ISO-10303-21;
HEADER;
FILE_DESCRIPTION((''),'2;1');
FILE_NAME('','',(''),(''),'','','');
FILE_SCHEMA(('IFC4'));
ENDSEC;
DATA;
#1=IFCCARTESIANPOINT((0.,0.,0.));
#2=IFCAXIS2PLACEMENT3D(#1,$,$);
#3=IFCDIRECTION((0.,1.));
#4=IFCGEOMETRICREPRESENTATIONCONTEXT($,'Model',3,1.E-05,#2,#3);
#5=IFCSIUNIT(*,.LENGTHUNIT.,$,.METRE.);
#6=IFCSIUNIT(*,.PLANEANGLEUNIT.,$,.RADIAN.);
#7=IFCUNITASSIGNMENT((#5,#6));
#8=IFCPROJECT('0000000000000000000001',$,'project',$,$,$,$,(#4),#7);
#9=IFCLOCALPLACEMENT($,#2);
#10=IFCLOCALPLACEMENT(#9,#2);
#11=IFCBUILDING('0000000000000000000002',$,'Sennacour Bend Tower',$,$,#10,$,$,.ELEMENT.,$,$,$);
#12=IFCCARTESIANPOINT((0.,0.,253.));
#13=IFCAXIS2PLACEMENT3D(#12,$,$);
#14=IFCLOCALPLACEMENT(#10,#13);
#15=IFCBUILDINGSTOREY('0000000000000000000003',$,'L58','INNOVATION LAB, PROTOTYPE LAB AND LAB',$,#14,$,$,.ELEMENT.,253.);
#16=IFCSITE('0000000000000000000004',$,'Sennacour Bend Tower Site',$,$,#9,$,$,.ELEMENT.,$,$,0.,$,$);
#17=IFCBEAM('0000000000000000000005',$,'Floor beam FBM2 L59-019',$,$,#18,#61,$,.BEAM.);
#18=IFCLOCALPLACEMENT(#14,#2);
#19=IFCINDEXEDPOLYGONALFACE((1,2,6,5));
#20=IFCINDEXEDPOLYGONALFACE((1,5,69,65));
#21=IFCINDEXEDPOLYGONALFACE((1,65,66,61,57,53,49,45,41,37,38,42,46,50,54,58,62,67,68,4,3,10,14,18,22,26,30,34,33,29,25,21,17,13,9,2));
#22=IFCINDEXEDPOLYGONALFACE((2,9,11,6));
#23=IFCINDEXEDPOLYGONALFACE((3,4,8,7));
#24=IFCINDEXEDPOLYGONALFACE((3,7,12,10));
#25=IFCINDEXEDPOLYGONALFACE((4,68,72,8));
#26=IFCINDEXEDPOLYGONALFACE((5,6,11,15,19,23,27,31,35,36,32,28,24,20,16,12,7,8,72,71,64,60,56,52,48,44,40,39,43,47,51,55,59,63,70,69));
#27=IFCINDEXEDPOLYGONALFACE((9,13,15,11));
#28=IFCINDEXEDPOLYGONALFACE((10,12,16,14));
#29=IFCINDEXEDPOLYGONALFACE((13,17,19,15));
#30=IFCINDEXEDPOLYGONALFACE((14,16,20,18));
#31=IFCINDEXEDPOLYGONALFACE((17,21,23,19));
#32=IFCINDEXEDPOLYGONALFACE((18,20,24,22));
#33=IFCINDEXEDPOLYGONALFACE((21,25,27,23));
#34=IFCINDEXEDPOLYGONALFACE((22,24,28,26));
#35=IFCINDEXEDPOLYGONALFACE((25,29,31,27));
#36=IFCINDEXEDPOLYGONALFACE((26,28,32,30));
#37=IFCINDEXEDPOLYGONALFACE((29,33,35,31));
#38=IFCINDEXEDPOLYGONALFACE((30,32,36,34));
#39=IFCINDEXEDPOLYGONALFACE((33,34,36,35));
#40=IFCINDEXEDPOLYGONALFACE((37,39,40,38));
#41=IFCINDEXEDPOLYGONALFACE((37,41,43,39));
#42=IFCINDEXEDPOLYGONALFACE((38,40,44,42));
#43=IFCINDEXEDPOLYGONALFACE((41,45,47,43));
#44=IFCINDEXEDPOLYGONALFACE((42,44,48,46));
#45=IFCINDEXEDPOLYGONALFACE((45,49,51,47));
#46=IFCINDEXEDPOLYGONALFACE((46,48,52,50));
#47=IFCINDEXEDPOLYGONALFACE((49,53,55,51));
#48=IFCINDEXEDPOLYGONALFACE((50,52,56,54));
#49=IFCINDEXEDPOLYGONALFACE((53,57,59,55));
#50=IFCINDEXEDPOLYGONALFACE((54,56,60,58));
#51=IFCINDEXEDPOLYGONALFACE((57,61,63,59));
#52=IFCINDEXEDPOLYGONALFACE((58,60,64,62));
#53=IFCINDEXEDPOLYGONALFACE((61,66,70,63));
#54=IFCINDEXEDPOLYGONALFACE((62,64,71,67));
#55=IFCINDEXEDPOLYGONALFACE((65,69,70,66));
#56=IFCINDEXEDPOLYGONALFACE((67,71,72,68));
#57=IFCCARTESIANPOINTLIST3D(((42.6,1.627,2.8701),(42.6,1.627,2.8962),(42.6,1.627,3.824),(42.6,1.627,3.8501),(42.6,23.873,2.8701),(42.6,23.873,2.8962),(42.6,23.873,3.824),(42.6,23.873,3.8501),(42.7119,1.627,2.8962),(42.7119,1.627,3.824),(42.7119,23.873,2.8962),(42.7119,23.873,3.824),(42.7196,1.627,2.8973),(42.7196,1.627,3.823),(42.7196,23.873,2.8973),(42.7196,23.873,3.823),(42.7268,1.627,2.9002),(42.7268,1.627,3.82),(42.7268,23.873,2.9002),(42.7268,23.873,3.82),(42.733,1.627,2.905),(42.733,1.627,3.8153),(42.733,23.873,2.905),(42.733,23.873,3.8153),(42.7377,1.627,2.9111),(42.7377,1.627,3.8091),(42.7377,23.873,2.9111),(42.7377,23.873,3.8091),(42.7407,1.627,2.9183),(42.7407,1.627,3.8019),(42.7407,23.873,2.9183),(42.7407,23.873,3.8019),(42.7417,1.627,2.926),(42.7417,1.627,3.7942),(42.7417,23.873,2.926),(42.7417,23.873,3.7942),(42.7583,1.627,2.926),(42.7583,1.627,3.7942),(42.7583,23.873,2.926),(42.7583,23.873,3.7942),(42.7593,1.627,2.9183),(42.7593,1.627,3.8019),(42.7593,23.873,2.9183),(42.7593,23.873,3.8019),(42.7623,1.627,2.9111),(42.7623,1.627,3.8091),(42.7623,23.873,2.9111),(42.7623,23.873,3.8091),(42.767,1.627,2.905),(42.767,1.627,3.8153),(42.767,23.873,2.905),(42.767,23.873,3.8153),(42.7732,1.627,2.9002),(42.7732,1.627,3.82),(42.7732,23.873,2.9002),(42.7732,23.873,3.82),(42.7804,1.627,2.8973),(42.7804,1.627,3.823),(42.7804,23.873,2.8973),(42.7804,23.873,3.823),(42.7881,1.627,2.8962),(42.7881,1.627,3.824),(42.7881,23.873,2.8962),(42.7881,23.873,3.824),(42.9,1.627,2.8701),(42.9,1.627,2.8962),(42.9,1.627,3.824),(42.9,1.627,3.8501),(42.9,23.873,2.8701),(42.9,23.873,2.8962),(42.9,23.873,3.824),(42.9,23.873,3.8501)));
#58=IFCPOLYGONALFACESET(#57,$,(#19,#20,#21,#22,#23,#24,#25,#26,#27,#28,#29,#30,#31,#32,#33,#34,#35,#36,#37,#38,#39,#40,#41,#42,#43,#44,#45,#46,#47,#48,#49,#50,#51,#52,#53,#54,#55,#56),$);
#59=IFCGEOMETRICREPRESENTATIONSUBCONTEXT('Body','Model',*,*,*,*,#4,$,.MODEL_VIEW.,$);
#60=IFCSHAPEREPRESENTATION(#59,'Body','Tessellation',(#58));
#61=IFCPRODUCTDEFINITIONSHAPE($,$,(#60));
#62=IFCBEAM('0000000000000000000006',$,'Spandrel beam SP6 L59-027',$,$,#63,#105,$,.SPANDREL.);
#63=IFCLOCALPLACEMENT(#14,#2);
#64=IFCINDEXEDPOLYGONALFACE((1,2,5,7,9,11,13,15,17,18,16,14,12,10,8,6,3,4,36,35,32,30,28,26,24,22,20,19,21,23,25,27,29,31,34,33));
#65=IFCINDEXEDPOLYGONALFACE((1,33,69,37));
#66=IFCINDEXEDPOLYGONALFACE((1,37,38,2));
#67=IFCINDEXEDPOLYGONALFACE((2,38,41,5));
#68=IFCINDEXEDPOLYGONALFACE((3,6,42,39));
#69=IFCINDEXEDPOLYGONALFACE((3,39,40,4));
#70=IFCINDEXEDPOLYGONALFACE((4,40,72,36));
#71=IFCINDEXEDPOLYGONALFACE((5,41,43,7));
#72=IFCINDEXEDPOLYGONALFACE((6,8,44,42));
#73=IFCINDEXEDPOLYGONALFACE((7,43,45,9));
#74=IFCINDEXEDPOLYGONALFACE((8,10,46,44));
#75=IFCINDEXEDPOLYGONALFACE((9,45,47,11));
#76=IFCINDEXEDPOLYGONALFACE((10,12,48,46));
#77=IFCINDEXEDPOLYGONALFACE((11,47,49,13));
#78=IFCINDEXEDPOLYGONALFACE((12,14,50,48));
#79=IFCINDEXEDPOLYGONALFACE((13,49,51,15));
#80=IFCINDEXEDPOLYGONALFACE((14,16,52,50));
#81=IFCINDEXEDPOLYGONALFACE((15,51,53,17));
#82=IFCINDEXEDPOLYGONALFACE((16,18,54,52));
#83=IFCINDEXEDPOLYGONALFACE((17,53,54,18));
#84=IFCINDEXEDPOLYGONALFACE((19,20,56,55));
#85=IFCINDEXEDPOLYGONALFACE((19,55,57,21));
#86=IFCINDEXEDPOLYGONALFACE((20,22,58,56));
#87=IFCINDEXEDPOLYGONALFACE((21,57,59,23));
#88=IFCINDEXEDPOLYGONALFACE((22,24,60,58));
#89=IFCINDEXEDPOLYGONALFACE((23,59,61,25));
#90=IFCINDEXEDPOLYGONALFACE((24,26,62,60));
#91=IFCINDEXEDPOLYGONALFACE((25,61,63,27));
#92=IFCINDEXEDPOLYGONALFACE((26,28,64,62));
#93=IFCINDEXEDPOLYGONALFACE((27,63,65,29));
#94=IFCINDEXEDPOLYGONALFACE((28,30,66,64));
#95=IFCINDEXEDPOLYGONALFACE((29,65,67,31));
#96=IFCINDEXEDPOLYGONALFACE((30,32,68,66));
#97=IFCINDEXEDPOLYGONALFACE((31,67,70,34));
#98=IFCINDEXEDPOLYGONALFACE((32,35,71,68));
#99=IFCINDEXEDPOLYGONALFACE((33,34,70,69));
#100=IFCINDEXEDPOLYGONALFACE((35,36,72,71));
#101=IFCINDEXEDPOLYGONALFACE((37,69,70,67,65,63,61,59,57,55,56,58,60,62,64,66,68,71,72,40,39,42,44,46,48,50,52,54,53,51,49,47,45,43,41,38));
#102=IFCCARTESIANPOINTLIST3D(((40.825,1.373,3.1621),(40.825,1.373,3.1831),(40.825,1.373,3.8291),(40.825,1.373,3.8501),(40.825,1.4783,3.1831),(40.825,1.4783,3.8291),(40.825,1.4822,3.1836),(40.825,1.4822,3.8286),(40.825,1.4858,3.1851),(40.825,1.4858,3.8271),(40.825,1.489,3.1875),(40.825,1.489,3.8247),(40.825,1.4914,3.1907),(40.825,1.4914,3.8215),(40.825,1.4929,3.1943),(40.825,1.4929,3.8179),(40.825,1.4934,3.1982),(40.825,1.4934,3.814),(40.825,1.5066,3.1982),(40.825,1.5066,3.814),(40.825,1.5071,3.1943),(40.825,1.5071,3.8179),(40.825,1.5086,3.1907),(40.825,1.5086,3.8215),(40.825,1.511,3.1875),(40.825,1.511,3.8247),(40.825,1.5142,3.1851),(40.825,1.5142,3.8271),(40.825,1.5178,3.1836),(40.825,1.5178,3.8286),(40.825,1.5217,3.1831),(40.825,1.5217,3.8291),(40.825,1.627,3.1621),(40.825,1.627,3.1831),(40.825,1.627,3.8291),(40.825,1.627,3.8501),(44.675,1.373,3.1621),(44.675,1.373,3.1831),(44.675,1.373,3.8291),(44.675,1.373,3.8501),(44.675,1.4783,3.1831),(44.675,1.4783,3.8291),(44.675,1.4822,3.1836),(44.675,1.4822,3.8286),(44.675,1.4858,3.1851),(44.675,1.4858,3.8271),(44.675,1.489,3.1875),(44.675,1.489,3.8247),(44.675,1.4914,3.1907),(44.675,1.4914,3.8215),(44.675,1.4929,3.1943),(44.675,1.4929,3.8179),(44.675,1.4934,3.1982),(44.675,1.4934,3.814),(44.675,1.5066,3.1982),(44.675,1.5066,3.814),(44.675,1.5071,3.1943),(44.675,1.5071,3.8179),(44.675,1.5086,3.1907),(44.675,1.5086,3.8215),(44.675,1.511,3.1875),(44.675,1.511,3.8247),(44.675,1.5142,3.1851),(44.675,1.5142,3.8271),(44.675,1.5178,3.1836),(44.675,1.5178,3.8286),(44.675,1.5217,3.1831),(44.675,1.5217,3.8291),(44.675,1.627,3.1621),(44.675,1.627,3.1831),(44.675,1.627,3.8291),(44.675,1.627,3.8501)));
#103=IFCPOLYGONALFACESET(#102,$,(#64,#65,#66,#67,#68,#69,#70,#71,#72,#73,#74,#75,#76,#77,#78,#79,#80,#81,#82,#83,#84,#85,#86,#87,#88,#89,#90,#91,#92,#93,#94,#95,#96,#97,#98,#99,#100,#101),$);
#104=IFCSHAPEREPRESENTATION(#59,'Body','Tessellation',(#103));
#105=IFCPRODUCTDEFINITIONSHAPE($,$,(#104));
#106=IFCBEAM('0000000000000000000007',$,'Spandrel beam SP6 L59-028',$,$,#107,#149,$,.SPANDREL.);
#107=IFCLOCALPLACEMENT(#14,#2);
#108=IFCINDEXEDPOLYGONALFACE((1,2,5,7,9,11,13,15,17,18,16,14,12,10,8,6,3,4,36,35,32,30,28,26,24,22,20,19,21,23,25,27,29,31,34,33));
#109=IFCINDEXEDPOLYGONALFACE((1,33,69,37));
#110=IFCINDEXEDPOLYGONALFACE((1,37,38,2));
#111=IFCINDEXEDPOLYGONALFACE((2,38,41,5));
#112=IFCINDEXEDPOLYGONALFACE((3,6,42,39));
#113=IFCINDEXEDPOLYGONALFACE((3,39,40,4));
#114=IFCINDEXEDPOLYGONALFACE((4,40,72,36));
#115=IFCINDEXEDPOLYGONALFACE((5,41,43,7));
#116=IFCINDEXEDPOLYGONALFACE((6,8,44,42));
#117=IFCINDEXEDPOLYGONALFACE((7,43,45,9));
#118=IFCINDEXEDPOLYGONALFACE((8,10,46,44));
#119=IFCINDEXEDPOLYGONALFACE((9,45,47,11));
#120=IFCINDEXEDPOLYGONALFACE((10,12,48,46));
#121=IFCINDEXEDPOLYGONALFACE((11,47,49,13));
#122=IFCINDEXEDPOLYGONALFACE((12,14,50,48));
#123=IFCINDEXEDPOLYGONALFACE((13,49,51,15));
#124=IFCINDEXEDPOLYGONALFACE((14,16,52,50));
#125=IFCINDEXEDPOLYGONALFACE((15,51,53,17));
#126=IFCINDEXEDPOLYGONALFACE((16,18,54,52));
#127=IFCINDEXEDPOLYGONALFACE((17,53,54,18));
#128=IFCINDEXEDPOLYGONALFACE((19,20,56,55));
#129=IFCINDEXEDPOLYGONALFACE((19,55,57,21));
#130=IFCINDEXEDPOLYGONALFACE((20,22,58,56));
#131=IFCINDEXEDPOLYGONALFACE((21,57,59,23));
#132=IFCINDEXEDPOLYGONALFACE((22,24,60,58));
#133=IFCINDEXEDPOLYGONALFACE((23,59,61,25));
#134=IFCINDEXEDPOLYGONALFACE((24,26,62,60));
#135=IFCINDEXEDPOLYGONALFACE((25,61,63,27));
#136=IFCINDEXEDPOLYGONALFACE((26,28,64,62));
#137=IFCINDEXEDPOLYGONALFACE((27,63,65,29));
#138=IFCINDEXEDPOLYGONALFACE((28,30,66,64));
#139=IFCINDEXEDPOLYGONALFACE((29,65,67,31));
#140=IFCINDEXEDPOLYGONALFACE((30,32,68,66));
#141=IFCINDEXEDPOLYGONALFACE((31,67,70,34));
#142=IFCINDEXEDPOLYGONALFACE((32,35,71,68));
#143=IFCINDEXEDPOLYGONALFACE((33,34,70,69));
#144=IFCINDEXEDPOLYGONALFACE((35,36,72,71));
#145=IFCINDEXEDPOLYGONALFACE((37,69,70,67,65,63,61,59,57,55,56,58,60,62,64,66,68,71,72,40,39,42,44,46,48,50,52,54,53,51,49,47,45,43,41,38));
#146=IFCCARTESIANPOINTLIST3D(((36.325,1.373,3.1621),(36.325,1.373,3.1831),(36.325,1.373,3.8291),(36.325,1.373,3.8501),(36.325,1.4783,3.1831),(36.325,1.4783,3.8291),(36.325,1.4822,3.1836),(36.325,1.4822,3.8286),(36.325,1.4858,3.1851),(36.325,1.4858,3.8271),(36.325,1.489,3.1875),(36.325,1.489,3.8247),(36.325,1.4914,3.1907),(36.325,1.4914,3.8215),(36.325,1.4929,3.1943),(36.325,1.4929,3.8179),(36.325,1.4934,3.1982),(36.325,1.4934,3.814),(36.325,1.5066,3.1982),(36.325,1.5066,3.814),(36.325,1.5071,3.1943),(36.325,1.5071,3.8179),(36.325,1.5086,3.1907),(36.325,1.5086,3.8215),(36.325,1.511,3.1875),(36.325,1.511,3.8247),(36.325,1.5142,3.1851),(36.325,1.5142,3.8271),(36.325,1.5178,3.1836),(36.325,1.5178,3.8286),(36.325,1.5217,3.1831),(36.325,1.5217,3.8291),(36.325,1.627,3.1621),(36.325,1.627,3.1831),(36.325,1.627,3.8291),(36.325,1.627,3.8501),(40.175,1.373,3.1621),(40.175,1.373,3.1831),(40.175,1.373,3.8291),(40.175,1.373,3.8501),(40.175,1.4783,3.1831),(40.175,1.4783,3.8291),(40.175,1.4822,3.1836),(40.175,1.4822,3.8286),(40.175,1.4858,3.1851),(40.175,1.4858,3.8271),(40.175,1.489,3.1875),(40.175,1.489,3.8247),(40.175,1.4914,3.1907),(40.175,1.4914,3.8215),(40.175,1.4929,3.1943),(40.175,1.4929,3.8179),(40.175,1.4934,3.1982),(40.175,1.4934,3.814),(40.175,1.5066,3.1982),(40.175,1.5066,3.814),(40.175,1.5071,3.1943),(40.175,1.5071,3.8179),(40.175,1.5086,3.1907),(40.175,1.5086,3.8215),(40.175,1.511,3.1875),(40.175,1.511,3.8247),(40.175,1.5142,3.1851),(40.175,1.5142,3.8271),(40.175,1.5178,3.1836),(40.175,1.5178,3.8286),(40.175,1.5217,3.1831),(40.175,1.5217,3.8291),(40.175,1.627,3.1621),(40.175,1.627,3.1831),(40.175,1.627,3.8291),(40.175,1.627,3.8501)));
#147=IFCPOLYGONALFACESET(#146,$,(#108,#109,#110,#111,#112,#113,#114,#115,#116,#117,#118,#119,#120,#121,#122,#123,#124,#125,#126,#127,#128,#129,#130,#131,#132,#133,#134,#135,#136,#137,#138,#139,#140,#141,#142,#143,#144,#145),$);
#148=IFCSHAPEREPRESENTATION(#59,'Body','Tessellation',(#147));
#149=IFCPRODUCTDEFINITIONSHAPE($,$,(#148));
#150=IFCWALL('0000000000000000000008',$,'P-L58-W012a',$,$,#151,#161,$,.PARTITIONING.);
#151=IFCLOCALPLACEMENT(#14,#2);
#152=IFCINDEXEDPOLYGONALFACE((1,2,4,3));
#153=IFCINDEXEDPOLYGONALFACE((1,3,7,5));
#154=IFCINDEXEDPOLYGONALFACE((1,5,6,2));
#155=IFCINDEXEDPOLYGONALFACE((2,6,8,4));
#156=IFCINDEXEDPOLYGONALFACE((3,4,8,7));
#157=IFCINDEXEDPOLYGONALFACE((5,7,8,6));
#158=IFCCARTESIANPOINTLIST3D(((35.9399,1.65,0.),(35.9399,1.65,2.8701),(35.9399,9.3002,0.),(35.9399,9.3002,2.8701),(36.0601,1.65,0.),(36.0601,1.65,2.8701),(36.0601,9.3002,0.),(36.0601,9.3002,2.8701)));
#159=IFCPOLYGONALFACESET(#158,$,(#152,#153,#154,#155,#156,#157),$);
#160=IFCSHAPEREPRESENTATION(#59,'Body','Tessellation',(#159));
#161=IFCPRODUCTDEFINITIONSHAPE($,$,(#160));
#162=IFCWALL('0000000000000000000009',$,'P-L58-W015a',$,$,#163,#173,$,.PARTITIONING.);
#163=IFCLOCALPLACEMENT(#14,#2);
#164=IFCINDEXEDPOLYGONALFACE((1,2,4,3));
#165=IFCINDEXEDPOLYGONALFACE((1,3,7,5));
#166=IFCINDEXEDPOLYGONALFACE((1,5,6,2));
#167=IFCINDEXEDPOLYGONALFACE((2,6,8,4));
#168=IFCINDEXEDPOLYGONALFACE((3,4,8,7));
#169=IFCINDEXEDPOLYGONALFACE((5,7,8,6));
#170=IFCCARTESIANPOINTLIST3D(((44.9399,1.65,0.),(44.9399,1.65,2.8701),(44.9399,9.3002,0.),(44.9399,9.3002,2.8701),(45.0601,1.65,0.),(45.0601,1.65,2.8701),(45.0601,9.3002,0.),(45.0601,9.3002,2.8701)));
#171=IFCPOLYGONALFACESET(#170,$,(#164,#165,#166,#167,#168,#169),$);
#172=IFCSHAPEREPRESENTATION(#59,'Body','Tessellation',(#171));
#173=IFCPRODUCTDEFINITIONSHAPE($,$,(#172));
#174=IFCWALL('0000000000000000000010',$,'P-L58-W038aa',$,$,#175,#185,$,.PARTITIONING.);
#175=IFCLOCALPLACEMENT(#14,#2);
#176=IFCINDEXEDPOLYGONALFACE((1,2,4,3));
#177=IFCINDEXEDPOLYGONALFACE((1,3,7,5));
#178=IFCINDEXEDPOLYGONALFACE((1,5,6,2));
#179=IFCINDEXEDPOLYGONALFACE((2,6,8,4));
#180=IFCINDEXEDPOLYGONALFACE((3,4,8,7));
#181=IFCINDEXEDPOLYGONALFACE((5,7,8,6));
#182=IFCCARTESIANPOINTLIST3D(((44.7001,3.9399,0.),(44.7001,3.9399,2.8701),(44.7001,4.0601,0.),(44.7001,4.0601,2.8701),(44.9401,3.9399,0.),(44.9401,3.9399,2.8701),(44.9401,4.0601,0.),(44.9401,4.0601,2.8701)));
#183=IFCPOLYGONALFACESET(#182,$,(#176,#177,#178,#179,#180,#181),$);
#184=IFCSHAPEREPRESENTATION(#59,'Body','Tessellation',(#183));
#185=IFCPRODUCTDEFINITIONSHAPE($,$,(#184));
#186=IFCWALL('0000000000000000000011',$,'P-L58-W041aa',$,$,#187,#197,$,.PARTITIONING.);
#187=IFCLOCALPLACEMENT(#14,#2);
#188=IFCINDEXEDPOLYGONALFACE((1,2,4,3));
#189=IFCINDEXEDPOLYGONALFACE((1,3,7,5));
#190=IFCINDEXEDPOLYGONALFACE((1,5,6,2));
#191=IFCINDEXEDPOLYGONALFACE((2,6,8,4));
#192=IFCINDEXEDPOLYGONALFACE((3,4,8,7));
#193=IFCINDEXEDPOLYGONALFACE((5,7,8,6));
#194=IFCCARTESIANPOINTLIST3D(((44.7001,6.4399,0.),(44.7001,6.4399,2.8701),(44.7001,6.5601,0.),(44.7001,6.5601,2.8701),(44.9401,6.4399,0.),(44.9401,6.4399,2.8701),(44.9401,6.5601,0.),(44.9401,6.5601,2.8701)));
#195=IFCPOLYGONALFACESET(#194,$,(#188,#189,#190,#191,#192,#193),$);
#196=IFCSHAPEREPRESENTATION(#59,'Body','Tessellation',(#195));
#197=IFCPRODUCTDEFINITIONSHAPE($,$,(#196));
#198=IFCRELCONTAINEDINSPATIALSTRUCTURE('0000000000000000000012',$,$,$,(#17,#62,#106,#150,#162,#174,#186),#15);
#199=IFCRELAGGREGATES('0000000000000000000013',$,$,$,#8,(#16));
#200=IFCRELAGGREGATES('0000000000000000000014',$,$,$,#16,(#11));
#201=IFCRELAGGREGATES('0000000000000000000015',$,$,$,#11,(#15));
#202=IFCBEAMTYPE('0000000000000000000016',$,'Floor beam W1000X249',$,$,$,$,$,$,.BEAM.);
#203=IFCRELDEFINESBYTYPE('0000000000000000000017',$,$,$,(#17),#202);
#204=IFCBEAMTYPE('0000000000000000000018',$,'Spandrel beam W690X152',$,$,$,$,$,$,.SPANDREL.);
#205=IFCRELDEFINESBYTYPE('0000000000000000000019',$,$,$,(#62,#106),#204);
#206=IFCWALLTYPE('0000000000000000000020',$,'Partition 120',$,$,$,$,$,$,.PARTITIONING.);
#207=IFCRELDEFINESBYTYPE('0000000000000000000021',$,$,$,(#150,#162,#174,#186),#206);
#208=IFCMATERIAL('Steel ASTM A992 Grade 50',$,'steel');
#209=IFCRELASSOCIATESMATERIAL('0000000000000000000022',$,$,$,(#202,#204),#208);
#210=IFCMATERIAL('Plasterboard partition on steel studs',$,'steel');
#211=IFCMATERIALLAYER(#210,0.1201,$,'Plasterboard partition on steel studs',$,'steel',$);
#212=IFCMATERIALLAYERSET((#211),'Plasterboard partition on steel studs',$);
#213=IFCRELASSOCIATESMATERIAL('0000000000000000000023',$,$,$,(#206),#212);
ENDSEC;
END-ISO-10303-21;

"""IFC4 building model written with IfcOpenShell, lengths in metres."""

from ifc_helpers import new_model, si_unit, direction, frame, frame_2d, origin, origin_2d, place, context, subcontext, project, spatial, rectangle, i_section, extrude, material, layer, layer_set, material_profile, profile_set, type_object, element, save


model = new_model("IFC4")

# Units and contexts
model_context = context("Model", 3, precision=1e-05, world=origin(), true_north=direction((0.0, 1.0)))
body_context = subcontext(model_context, "Body", "Model", "MODEL_VIEW")
ifc_project = project(units=[si_unit("LENGTHUNIT", "METRE"), si_unit("PLANEANGLEUNIT", "RADIAN")], contexts=[model_context])

# Site, building, storey
site_placement = place(None, origin())
site = spatial("IfcSite", under=ifc_project, at=site_placement, Name="Sennacour Bend Tower Site", CompositionType="ELEMENT", RefElevation=0.0)
building_placement = place(site_placement, origin())
building = spatial("IfcBuilding", under=site, at=building_placement, Name="Sennacour Bend Tower", CompositionType="ELEMENT")
storey_placement = place(building_placement, frame((0.0, 0.0, 253.0)))
storey = spatial("IfcBuildingStorey", under=building, at=storey_placement, Name="L58", Description="INNOVATION LAB, PROTOTYPE LAB AND LAB", CompositionType="ELEMENT", Elevation=253.0)

# Beams
ifc_material_1 = material(Name="Steel ASTM A992 Grade 50", Category="steel")
ifc_material_profile_1 = material_profile(ifc_material_1, i_section(OverallWidth=0.3, OverallDepth=0.98, WebThickness=0.0166, FlangeThickness=0.0261, FilletRadius=0.0298, at=origin_2d()), Name="Steel ASTM A992 Grade 50", Category="steel")
ifc_profile_set_1 = profile_set([ifc_material_profile_1], Name="Steel ASTM A992 Grade 50")
beam_type_1 = type_object("IfcBeamType", Name="Floor beam W1000X249", PredefinedType="BEAM", material=ifc_profile_set_1)
beam_1_placement = place(storey_placement, frame((42.75, 1.627, 3.3601), z_axis=(0.0, 1.0, 0.0), x_axis=(-1.0, 0.0, 0.0)))
element("IfcBeam", 1, at=beam_1_placement, inside=storey, type_object=beam_type_1, Name="Floor beam FBM2 L59-019", PredefinedType="BEAM", context=body_context, shape_type="SweptSolid", body=[
    extrude(i_section(OverallWidth=0.3, OverallDepth=0.98, WebThickness=0.0166, FlangeThickness=0.0261, FilletRadius=0.0298, at=origin_2d()), origin(), (0.0, 0.0, 1.0), 22.2461),
])
ifc_material_profile_2 = material_profile(ifc_material_1, i_section(OverallWidth=0.2539, OverallDepth=0.688, WebThickness=0.0132, FlangeThickness=0.021, FilletRadius=0.0151, at=origin_2d()), Name="Steel ASTM A992 Grade 50", Category="steel")
ifc_profile_set_2 = profile_set([ifc_material_profile_2], Name="Steel ASTM A992 Grade 50")
beam_type_2 = type_object("IfcBeamType", Name="Spandrel beam W690X152", PredefinedType="SPANDREL", material=ifc_profile_set_2)
for number, where, z_axis, x_axis, name in (
    (2, (44.675, 1.5, 3.5061), (-1.0, 0.0, 0.0), (0.0, -1.0, 0.0), "Spandrel beam SP6 L59-027"),
    (3, (40.175, 1.5, 3.5061), (-1.0, 0.0, 0.0), (0.0, -1.0, 0.0), "Spandrel beam SP6 L59-028"),
):
    element("IfcBeam", number, at=place(storey_placement, frame(where, z_axis=z_axis, x_axis=x_axis)), inside=storey, type_object=beam_type_2, Name=name, PredefinedType="SPANDREL", context=body_context, shape_type="SweptSolid", body=[
        extrude(i_section(OverallWidth=0.2539, OverallDepth=0.688, WebThickness=0.0132, FlangeThickness=0.021, FilletRadius=0.0151, at=origin_2d()), origin(), (0.0, 0.0, 1.0), 3.8501),
    ])

# Walls
ifc_material_2 = material(Name="Plasterboard partition on steel studs", Category="steel")
ifc_layer_1 = layer(ifc_material_2, 0.1201, Name="Plasterboard partition on steel studs", Category="steel")
ifc_layer_set_1 = layer_set([ifc_layer_1], Name="Plasterboard partition on steel studs")
wall_type_1 = type_object("IfcWallType", Name="Partition 120", PredefinedType="PARTITIONING", material=ifc_layer_set_1)
for number, where, z_axis, x_axis, name in (
    (4, (36.0, 1.6499, 0.0), (0.0, 0.0, 1.0), (0.0, 1.0, 0.0), "P-L58-W012a"),
    (5, (45.0, 1.6499, 0.0), (0.0, 0.0, 1.0), (0.0, 1.0, 0.0), "P-L58-W015a"),
):
    element("IfcWall", number, at=place(storey_placement, frame(where, z_axis=z_axis, x_axis=x_axis)), inside=storey, type_object=wall_type_1, Name=name, PredefinedType="PARTITIONING", context=body_context, shape_type="SweptSolid", body=[
        extrude(rectangle(XDim=7.6501, YDim=0.1201, at=frame_2d((3.8252, 0.0))), origin(), (0.0, 0.0, 1.0), 2.8701),
    ])
for number, where, z_axis, x_axis, name in (
    (6, (44.7, 4.0, 0.0), (0.0, 0.0, 1.0), (1.0, 0.0, 0.0), "P-L58-W038aa"),
    (7, (44.7, 6.5, 0.0), (0.0, 0.0, 1.0), (1.0, 0.0, 0.0), "P-L58-W041aa"),
):
    element("IfcWall", number, at=place(storey_placement, frame(where, z_axis=z_axis, x_axis=x_axis)), inside=storey, type_object=wall_type_1, Name=name, PredefinedType="PARTITIONING", context=body_context, shape_type="SweptSolid", body=[
        extrude(rectangle(XDim=0.24, YDim=0.1201, at=frame_2d((0.1201, 0.0))), origin(), (0.0, 0.0, 1.0), 2.8701),
    ])

save(model, "model.ifc")
